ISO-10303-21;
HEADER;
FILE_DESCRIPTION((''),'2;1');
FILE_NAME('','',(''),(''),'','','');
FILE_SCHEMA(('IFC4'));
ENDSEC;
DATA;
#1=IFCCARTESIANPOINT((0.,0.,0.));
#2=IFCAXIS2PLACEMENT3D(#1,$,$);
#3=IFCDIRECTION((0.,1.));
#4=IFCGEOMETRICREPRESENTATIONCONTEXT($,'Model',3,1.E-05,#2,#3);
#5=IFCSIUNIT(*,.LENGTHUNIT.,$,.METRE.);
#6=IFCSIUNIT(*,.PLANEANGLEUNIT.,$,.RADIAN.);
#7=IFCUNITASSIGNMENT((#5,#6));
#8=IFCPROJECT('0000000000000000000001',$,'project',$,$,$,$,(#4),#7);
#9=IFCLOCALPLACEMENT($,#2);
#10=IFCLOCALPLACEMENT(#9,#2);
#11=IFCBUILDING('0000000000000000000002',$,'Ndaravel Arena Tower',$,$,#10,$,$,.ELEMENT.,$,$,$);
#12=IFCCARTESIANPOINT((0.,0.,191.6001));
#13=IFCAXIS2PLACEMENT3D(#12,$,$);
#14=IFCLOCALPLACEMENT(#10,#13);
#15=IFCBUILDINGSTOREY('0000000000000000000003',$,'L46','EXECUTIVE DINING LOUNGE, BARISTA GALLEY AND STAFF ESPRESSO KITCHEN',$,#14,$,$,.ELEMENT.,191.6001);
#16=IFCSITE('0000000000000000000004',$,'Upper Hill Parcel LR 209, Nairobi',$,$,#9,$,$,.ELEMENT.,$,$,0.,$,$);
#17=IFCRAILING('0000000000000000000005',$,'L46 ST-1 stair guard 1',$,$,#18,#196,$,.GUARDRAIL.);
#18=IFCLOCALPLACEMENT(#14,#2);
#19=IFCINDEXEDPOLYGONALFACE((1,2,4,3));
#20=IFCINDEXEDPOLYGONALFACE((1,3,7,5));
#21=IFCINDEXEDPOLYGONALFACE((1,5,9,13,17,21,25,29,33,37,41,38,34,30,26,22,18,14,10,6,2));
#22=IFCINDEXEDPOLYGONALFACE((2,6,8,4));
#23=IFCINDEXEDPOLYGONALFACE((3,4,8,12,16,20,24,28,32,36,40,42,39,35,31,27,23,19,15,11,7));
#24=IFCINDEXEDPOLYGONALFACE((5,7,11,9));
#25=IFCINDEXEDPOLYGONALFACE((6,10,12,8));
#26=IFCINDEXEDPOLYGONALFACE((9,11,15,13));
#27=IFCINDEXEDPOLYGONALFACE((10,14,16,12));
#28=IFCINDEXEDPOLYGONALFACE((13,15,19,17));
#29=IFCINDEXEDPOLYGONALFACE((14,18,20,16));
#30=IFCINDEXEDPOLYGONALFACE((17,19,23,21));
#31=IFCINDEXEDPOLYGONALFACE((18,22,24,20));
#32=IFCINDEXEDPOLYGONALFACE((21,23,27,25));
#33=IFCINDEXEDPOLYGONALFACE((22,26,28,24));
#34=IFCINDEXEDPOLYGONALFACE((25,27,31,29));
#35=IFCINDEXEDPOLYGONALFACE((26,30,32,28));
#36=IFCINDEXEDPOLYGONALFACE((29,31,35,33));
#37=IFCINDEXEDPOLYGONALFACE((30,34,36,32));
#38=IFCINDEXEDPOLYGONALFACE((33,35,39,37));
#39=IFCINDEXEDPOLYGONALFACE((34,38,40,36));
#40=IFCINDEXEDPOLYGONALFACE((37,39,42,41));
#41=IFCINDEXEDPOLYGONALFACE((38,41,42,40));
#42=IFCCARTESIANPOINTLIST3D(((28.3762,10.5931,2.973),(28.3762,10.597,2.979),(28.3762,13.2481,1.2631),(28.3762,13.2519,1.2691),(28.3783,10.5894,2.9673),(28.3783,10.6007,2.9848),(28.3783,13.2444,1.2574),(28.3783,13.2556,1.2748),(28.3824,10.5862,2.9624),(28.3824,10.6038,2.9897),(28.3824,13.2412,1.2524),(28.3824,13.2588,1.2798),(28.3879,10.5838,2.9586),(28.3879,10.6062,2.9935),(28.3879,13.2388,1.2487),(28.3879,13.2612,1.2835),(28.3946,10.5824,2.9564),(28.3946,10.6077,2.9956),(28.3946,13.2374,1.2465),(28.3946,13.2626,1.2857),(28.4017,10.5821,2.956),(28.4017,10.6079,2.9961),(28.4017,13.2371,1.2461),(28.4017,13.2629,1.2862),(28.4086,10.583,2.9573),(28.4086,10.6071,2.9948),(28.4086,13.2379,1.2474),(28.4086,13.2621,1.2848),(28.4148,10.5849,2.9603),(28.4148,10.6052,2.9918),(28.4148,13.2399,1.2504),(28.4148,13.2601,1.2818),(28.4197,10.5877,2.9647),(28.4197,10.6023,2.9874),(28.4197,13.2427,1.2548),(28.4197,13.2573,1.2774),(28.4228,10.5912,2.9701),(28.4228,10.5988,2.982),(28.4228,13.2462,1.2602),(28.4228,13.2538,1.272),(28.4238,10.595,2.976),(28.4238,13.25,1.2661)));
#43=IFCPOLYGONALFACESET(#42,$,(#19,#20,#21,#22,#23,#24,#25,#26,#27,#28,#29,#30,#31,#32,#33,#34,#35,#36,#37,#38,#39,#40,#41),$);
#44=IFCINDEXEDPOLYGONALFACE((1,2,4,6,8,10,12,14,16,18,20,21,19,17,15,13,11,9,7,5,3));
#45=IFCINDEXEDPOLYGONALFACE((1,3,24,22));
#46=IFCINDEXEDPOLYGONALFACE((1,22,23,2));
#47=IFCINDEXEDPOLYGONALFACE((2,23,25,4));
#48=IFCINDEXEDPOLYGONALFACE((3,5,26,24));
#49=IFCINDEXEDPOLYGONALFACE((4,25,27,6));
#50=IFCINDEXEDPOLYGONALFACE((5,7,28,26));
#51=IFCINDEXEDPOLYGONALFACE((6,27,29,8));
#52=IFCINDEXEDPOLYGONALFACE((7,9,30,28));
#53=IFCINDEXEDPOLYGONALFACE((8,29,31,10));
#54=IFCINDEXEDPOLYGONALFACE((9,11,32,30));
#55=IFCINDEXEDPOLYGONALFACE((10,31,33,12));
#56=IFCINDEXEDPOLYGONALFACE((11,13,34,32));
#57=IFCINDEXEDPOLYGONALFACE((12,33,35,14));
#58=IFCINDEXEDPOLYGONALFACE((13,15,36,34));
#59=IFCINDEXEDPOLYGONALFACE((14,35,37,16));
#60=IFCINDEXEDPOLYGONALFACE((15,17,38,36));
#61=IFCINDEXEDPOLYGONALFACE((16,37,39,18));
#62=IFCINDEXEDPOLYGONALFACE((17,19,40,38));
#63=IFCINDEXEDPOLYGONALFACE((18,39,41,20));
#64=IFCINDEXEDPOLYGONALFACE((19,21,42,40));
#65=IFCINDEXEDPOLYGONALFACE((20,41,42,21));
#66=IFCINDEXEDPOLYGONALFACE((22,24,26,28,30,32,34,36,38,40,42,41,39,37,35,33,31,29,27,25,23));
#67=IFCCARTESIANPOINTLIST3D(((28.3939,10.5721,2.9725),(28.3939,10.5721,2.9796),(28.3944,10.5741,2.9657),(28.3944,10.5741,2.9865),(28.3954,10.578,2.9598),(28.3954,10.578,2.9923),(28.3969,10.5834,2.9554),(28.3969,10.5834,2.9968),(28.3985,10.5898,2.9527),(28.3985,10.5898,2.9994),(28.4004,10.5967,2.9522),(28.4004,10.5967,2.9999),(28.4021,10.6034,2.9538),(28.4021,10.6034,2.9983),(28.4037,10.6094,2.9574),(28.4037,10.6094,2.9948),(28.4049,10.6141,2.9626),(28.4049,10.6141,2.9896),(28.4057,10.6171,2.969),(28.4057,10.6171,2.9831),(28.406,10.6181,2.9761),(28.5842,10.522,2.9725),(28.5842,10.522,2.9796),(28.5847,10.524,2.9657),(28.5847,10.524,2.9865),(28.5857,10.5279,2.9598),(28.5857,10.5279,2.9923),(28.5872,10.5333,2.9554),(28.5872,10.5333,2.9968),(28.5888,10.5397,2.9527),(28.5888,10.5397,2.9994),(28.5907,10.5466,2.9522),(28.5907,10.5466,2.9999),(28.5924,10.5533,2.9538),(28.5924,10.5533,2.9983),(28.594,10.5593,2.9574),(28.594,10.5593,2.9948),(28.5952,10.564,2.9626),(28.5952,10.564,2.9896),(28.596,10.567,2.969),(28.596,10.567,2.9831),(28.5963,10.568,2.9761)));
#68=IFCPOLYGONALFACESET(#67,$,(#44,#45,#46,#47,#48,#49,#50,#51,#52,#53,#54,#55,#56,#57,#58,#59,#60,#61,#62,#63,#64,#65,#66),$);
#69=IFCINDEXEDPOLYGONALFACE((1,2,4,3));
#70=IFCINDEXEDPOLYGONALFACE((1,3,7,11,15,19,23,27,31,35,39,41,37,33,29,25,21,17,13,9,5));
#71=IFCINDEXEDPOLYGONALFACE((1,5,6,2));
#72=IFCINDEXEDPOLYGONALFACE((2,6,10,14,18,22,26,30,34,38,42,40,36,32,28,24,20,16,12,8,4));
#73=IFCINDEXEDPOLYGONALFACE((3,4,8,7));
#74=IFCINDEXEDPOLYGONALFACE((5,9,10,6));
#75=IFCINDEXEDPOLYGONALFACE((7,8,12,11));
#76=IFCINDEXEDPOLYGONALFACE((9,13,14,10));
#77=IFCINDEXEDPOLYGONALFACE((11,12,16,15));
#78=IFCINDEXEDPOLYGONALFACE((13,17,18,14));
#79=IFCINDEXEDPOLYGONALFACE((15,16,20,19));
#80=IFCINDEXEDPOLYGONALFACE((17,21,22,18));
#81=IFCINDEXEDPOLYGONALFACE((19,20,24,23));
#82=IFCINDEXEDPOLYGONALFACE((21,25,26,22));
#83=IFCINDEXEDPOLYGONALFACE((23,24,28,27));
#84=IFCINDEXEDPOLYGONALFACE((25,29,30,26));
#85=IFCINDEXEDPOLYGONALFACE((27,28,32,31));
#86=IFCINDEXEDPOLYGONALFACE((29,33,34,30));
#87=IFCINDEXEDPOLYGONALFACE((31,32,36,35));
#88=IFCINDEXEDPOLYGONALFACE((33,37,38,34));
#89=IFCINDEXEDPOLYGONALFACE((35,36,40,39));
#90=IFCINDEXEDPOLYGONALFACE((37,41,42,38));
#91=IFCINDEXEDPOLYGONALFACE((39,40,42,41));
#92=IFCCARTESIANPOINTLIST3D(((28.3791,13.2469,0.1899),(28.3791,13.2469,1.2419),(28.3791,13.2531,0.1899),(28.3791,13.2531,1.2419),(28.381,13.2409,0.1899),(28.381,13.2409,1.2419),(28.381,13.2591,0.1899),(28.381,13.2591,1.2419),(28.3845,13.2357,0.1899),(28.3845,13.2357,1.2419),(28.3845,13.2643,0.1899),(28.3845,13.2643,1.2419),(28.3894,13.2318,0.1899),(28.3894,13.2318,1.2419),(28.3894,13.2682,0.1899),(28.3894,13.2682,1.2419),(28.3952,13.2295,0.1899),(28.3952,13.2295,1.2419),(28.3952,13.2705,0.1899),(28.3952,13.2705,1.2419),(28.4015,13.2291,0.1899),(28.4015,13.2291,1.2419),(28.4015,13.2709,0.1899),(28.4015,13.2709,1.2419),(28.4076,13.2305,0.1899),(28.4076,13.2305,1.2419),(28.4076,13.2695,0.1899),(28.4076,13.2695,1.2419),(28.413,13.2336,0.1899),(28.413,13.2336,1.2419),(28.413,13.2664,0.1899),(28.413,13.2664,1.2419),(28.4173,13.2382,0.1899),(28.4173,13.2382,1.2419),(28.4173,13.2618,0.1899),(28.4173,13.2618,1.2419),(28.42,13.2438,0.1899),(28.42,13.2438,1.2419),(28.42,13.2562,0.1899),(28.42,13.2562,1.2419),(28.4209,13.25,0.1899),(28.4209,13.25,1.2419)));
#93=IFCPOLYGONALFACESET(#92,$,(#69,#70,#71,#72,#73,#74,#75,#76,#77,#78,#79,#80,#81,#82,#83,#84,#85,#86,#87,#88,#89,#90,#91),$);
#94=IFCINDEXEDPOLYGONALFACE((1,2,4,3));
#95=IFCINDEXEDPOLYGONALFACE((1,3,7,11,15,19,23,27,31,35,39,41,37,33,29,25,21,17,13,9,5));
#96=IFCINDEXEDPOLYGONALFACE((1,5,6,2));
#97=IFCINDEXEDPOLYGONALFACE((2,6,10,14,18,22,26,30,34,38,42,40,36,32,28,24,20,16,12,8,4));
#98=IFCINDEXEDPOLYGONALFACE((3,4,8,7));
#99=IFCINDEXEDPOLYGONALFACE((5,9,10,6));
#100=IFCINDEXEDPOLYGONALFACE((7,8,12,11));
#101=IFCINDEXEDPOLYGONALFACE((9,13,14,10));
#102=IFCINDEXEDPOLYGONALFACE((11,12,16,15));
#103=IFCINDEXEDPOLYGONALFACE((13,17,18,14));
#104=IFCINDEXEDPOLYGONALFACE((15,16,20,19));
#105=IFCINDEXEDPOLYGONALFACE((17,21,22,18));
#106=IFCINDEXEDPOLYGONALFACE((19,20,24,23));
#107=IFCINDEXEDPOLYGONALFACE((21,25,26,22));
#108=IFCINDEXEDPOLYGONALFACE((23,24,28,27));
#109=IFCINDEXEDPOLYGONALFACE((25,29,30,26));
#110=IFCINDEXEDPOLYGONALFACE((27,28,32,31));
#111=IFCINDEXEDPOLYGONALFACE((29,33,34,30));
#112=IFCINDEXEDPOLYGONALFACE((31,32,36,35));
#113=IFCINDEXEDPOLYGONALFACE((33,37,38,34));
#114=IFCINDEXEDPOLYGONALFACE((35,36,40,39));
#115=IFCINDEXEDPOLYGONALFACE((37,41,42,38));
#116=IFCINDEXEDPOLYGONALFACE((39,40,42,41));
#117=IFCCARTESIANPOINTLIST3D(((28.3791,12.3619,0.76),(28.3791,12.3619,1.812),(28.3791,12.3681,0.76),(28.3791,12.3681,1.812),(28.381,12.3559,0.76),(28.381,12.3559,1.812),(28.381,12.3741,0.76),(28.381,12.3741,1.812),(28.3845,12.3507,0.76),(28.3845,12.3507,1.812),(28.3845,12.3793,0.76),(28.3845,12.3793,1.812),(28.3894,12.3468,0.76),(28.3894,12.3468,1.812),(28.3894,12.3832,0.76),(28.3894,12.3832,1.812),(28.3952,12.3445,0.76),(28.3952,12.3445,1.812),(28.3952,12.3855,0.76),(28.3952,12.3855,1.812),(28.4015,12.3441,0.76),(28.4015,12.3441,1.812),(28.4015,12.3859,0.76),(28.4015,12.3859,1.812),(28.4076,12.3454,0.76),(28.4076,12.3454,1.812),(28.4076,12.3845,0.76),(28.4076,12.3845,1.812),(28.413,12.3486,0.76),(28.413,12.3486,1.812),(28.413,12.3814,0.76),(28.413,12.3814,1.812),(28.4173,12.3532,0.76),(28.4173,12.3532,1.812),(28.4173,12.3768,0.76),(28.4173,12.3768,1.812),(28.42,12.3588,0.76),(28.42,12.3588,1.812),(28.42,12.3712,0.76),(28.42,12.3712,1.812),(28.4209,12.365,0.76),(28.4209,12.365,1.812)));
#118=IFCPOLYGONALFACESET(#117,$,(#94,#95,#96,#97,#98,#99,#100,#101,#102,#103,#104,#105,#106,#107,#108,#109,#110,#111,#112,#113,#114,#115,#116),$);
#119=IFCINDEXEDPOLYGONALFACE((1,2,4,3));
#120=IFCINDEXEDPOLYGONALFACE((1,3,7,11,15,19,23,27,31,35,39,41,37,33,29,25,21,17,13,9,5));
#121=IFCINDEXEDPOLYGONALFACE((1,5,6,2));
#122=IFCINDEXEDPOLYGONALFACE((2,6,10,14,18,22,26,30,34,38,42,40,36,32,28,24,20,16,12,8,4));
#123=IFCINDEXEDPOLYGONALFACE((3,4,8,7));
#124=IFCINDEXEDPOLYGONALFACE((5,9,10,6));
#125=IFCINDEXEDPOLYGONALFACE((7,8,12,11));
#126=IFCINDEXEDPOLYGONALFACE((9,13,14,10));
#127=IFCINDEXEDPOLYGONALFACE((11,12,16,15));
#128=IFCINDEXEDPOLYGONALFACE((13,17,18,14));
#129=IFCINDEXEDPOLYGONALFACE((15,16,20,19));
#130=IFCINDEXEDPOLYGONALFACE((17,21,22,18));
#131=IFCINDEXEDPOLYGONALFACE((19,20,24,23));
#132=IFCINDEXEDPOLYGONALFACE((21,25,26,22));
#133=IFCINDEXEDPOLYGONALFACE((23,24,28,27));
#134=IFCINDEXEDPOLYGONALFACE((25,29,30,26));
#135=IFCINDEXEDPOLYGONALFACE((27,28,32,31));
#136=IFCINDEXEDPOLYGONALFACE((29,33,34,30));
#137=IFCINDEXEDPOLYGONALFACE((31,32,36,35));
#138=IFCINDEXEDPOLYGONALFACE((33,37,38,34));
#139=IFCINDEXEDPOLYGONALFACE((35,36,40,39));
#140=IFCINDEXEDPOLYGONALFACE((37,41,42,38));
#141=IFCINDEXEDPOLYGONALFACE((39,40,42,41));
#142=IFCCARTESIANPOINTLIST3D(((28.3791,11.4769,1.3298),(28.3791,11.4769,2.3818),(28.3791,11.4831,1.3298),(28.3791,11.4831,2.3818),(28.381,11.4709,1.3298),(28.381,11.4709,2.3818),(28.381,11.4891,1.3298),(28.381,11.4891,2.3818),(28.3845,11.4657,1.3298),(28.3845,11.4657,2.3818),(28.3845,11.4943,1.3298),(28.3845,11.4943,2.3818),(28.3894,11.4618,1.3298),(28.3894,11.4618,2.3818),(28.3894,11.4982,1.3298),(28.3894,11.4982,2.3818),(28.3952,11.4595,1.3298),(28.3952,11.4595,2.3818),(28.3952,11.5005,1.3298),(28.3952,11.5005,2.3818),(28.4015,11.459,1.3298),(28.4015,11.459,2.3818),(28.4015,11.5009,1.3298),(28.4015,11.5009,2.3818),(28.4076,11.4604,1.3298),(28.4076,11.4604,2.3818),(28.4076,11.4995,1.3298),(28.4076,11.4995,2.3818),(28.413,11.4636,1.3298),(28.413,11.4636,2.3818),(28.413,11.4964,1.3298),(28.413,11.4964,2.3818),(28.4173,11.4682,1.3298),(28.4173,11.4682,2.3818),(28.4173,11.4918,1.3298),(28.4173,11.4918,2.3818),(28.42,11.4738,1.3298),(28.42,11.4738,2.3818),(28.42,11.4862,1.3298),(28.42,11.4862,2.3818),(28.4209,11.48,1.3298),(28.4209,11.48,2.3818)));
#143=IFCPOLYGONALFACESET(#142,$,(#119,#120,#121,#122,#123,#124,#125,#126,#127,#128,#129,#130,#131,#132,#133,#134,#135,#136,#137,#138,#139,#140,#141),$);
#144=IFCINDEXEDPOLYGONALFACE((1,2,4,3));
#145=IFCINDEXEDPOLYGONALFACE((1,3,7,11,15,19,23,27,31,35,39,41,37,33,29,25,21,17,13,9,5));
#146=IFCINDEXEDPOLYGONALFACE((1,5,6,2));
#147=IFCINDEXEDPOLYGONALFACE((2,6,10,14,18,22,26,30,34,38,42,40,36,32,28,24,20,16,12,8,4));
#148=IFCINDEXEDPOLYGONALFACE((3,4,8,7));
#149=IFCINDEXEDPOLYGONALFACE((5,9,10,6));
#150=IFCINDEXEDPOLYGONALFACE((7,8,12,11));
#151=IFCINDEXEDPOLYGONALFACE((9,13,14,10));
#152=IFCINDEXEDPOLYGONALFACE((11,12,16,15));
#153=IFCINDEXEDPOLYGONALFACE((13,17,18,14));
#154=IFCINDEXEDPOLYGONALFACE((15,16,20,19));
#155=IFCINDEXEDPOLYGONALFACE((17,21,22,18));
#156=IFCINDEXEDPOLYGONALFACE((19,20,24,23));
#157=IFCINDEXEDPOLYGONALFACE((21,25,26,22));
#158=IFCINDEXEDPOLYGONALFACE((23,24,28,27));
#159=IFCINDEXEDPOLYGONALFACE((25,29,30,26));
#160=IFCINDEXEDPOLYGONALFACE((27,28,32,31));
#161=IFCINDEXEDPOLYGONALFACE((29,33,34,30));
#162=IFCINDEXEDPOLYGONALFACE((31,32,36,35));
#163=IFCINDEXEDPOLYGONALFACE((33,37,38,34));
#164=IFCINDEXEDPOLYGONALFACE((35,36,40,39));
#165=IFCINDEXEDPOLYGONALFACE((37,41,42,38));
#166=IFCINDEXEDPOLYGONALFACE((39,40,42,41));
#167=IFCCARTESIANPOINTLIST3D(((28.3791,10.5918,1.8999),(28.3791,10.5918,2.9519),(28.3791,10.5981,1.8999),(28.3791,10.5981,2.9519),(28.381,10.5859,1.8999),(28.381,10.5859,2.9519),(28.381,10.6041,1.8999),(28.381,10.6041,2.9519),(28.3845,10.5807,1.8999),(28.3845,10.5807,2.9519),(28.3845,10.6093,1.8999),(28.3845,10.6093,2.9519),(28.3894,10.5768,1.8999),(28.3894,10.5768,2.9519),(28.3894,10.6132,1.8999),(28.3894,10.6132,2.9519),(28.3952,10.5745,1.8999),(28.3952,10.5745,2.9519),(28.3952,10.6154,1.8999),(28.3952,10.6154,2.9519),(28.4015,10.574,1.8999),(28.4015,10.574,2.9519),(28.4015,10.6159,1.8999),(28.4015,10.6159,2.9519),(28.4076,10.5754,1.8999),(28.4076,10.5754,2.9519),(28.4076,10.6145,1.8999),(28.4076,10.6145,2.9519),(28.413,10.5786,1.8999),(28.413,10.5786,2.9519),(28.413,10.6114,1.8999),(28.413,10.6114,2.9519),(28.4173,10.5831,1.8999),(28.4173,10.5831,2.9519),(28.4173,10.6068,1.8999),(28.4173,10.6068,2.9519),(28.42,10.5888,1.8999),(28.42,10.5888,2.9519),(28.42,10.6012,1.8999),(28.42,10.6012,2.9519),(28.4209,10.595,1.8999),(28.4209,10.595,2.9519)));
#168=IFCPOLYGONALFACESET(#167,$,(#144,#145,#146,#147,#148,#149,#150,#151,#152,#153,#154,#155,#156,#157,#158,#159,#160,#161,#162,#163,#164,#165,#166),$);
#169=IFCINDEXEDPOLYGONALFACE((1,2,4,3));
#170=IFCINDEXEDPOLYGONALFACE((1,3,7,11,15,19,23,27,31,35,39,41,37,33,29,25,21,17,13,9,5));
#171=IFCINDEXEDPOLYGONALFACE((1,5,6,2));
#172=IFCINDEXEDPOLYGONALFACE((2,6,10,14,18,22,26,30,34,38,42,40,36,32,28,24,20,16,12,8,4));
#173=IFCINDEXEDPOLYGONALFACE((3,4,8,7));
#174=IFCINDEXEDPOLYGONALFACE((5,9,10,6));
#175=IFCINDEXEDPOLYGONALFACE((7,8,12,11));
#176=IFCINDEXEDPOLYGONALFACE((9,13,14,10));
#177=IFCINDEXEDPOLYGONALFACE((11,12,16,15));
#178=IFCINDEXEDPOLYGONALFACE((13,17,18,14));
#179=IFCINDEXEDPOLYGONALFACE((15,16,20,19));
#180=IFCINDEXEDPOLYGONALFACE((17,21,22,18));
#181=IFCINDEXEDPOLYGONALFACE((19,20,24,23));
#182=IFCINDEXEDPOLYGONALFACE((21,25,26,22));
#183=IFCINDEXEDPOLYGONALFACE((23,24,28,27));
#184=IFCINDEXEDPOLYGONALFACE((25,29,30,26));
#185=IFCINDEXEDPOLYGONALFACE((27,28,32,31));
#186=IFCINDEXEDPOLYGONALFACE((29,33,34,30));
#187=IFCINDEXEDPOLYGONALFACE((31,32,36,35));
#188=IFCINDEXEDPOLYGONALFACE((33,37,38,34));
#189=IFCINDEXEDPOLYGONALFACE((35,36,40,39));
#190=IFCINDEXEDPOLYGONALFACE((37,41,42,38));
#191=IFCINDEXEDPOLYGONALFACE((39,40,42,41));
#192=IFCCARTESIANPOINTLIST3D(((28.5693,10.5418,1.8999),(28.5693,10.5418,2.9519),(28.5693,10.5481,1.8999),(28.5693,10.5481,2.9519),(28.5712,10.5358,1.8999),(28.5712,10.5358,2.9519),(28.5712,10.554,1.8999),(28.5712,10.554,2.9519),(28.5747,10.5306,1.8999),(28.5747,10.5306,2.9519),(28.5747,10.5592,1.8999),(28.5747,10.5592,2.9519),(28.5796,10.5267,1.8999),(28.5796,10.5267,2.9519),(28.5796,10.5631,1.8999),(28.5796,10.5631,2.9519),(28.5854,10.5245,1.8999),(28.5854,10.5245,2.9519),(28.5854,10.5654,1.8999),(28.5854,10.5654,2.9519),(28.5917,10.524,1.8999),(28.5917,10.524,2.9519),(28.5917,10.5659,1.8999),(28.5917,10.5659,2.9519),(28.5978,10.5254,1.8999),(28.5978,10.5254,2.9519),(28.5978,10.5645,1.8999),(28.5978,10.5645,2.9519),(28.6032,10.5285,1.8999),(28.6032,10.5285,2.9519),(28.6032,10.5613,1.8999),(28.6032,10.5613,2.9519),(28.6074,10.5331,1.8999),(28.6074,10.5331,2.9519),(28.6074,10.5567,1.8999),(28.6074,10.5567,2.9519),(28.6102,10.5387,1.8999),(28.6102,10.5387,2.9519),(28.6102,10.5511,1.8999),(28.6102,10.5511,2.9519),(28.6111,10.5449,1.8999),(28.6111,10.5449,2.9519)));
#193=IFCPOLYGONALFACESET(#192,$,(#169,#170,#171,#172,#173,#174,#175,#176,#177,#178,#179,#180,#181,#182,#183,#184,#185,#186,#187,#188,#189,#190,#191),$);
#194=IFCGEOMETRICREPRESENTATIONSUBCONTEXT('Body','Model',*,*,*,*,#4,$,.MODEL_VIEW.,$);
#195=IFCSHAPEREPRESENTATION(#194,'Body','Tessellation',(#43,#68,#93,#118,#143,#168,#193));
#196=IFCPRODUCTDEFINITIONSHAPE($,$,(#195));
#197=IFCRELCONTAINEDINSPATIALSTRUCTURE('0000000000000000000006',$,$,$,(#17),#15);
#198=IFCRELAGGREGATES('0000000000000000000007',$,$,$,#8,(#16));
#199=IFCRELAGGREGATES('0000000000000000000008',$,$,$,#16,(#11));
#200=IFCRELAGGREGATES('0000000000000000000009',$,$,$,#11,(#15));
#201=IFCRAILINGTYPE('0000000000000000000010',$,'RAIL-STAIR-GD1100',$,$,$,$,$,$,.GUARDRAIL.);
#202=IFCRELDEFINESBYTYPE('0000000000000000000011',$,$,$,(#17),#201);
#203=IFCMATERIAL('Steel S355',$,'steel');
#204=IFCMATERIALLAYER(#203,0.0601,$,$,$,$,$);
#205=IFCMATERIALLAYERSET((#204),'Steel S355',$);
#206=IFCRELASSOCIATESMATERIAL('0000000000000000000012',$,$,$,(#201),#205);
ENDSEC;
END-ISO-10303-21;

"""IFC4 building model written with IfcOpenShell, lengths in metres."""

from ifc_helpers import new_model, si_unit, direction, frame, origin, origin_2d, place, context, subcontext, project, spatial, circle, extrude, material, layer, layer_set, type_object, element, save


model = new_model("IFC4")

# Units and contexts
model_context = context("Model", 3, precision=1e-05, world=origin(), true_north=direction((0.0, 1.0)))
body_context = subcontext(model_context, "Body", "Model", "MODEL_VIEW")
ifc_project = project(units=[si_unit("LENGTHUNIT", "METRE"), si_unit("PLANEANGLEUNIT", "RADIAN")], contexts=[model_context])

# Site, building, storey
site_placement = place(None, origin())
site = spatial("IfcSite", under=ifc_project, at=site_placement, Name="Upper Hill Parcel LR 209, Nairobi", CompositionType="ELEMENT", RefElevation=0.0)
building_placement = place(site_placement, origin())
building = spatial("IfcBuilding", under=site, at=building_placement, Name="Ndaravel Arena Tower", CompositionType="ELEMENT")
storey_placement = place(building_placement, frame((0.0, 0.0, 191.6001)))
storey = spatial("IfcBuildingStorey", under=building, at=storey_placement, Name="L46", Description="EXECUTIVE DINING LOUNGE, BARISTA GALLEY AND STAFF ESPRESSO KITCHEN", CompositionType="ELEMENT", Elevation=191.6001)

# Railing
ifc_material_1 = material(Name="Steel S355", Category="steel")
ifc_layer_1 = layer(ifc_material_1, 0.0601)
ifc_layer_set_1 = layer_set([ifc_layer_1], Name="Steel S355")
railing_type_1 = type_object("IfcRailingType", Name="RAIL-STAIR-GD1100", PredefinedType="GUARDRAIL", material=ifc_layer_set_1)
railing_1_placement = place(storey_placement, frame((28.3999, 13.25, 0.1899)))
element("IfcRailing", 1, at=railing_1_placement, inside=storey, type_object=railing_type_1, Name="L46 ST-1 stair guard 1", PredefinedType="GUARDRAIL", context=body_context, shape_type="SweptSolid", body=[
    extrude(circle(Radius=0.0239, at=origin_2d()), frame((0.0, 0.0, 1.0762), z_axis=(0.0, -0.840724, 0.541465), x_axis=(1.0, 0.0, 0.0)), (0.0, 0.0, 1.0), 3.158),
    extrude(circle(Radius=0.0239, at=origin_2d()), frame((0.0, -2.655, 2.7861), z_axis=(0.967075, -0.254493, 0.0), x_axis=(0.254493, 0.967075, 0.0)), (0.0, 0.0, 1.0), 0.1968),
    extrude(circle(Radius=0.021, at=origin_2d()), origin(), (0.0, 0.0, 1.0), 1.052),
    extrude(circle(Radius=0.021, at=origin_2d()), frame((0.0, -0.885, 0.5701)), (0.0, 0.0, 1.0), 1.052),
    extrude(circle(Radius=0.021, at=origin_2d()), frame((0.0, -1.77, 1.1399)), (0.0, 0.0, 1.0), 1.052),
    extrude(circle(Radius=0.021, at=origin_2d()), frame((0.0, -2.655, 1.71)), (0.0, 0.0, 1.0), 1.052),
    extrude(circle(Radius=0.021, at=origin_2d()), frame((0.1902, -2.7051, 1.71)), (0.0, 0.0, 1.0), 1.052),
])

save(model, "model.ifc")
